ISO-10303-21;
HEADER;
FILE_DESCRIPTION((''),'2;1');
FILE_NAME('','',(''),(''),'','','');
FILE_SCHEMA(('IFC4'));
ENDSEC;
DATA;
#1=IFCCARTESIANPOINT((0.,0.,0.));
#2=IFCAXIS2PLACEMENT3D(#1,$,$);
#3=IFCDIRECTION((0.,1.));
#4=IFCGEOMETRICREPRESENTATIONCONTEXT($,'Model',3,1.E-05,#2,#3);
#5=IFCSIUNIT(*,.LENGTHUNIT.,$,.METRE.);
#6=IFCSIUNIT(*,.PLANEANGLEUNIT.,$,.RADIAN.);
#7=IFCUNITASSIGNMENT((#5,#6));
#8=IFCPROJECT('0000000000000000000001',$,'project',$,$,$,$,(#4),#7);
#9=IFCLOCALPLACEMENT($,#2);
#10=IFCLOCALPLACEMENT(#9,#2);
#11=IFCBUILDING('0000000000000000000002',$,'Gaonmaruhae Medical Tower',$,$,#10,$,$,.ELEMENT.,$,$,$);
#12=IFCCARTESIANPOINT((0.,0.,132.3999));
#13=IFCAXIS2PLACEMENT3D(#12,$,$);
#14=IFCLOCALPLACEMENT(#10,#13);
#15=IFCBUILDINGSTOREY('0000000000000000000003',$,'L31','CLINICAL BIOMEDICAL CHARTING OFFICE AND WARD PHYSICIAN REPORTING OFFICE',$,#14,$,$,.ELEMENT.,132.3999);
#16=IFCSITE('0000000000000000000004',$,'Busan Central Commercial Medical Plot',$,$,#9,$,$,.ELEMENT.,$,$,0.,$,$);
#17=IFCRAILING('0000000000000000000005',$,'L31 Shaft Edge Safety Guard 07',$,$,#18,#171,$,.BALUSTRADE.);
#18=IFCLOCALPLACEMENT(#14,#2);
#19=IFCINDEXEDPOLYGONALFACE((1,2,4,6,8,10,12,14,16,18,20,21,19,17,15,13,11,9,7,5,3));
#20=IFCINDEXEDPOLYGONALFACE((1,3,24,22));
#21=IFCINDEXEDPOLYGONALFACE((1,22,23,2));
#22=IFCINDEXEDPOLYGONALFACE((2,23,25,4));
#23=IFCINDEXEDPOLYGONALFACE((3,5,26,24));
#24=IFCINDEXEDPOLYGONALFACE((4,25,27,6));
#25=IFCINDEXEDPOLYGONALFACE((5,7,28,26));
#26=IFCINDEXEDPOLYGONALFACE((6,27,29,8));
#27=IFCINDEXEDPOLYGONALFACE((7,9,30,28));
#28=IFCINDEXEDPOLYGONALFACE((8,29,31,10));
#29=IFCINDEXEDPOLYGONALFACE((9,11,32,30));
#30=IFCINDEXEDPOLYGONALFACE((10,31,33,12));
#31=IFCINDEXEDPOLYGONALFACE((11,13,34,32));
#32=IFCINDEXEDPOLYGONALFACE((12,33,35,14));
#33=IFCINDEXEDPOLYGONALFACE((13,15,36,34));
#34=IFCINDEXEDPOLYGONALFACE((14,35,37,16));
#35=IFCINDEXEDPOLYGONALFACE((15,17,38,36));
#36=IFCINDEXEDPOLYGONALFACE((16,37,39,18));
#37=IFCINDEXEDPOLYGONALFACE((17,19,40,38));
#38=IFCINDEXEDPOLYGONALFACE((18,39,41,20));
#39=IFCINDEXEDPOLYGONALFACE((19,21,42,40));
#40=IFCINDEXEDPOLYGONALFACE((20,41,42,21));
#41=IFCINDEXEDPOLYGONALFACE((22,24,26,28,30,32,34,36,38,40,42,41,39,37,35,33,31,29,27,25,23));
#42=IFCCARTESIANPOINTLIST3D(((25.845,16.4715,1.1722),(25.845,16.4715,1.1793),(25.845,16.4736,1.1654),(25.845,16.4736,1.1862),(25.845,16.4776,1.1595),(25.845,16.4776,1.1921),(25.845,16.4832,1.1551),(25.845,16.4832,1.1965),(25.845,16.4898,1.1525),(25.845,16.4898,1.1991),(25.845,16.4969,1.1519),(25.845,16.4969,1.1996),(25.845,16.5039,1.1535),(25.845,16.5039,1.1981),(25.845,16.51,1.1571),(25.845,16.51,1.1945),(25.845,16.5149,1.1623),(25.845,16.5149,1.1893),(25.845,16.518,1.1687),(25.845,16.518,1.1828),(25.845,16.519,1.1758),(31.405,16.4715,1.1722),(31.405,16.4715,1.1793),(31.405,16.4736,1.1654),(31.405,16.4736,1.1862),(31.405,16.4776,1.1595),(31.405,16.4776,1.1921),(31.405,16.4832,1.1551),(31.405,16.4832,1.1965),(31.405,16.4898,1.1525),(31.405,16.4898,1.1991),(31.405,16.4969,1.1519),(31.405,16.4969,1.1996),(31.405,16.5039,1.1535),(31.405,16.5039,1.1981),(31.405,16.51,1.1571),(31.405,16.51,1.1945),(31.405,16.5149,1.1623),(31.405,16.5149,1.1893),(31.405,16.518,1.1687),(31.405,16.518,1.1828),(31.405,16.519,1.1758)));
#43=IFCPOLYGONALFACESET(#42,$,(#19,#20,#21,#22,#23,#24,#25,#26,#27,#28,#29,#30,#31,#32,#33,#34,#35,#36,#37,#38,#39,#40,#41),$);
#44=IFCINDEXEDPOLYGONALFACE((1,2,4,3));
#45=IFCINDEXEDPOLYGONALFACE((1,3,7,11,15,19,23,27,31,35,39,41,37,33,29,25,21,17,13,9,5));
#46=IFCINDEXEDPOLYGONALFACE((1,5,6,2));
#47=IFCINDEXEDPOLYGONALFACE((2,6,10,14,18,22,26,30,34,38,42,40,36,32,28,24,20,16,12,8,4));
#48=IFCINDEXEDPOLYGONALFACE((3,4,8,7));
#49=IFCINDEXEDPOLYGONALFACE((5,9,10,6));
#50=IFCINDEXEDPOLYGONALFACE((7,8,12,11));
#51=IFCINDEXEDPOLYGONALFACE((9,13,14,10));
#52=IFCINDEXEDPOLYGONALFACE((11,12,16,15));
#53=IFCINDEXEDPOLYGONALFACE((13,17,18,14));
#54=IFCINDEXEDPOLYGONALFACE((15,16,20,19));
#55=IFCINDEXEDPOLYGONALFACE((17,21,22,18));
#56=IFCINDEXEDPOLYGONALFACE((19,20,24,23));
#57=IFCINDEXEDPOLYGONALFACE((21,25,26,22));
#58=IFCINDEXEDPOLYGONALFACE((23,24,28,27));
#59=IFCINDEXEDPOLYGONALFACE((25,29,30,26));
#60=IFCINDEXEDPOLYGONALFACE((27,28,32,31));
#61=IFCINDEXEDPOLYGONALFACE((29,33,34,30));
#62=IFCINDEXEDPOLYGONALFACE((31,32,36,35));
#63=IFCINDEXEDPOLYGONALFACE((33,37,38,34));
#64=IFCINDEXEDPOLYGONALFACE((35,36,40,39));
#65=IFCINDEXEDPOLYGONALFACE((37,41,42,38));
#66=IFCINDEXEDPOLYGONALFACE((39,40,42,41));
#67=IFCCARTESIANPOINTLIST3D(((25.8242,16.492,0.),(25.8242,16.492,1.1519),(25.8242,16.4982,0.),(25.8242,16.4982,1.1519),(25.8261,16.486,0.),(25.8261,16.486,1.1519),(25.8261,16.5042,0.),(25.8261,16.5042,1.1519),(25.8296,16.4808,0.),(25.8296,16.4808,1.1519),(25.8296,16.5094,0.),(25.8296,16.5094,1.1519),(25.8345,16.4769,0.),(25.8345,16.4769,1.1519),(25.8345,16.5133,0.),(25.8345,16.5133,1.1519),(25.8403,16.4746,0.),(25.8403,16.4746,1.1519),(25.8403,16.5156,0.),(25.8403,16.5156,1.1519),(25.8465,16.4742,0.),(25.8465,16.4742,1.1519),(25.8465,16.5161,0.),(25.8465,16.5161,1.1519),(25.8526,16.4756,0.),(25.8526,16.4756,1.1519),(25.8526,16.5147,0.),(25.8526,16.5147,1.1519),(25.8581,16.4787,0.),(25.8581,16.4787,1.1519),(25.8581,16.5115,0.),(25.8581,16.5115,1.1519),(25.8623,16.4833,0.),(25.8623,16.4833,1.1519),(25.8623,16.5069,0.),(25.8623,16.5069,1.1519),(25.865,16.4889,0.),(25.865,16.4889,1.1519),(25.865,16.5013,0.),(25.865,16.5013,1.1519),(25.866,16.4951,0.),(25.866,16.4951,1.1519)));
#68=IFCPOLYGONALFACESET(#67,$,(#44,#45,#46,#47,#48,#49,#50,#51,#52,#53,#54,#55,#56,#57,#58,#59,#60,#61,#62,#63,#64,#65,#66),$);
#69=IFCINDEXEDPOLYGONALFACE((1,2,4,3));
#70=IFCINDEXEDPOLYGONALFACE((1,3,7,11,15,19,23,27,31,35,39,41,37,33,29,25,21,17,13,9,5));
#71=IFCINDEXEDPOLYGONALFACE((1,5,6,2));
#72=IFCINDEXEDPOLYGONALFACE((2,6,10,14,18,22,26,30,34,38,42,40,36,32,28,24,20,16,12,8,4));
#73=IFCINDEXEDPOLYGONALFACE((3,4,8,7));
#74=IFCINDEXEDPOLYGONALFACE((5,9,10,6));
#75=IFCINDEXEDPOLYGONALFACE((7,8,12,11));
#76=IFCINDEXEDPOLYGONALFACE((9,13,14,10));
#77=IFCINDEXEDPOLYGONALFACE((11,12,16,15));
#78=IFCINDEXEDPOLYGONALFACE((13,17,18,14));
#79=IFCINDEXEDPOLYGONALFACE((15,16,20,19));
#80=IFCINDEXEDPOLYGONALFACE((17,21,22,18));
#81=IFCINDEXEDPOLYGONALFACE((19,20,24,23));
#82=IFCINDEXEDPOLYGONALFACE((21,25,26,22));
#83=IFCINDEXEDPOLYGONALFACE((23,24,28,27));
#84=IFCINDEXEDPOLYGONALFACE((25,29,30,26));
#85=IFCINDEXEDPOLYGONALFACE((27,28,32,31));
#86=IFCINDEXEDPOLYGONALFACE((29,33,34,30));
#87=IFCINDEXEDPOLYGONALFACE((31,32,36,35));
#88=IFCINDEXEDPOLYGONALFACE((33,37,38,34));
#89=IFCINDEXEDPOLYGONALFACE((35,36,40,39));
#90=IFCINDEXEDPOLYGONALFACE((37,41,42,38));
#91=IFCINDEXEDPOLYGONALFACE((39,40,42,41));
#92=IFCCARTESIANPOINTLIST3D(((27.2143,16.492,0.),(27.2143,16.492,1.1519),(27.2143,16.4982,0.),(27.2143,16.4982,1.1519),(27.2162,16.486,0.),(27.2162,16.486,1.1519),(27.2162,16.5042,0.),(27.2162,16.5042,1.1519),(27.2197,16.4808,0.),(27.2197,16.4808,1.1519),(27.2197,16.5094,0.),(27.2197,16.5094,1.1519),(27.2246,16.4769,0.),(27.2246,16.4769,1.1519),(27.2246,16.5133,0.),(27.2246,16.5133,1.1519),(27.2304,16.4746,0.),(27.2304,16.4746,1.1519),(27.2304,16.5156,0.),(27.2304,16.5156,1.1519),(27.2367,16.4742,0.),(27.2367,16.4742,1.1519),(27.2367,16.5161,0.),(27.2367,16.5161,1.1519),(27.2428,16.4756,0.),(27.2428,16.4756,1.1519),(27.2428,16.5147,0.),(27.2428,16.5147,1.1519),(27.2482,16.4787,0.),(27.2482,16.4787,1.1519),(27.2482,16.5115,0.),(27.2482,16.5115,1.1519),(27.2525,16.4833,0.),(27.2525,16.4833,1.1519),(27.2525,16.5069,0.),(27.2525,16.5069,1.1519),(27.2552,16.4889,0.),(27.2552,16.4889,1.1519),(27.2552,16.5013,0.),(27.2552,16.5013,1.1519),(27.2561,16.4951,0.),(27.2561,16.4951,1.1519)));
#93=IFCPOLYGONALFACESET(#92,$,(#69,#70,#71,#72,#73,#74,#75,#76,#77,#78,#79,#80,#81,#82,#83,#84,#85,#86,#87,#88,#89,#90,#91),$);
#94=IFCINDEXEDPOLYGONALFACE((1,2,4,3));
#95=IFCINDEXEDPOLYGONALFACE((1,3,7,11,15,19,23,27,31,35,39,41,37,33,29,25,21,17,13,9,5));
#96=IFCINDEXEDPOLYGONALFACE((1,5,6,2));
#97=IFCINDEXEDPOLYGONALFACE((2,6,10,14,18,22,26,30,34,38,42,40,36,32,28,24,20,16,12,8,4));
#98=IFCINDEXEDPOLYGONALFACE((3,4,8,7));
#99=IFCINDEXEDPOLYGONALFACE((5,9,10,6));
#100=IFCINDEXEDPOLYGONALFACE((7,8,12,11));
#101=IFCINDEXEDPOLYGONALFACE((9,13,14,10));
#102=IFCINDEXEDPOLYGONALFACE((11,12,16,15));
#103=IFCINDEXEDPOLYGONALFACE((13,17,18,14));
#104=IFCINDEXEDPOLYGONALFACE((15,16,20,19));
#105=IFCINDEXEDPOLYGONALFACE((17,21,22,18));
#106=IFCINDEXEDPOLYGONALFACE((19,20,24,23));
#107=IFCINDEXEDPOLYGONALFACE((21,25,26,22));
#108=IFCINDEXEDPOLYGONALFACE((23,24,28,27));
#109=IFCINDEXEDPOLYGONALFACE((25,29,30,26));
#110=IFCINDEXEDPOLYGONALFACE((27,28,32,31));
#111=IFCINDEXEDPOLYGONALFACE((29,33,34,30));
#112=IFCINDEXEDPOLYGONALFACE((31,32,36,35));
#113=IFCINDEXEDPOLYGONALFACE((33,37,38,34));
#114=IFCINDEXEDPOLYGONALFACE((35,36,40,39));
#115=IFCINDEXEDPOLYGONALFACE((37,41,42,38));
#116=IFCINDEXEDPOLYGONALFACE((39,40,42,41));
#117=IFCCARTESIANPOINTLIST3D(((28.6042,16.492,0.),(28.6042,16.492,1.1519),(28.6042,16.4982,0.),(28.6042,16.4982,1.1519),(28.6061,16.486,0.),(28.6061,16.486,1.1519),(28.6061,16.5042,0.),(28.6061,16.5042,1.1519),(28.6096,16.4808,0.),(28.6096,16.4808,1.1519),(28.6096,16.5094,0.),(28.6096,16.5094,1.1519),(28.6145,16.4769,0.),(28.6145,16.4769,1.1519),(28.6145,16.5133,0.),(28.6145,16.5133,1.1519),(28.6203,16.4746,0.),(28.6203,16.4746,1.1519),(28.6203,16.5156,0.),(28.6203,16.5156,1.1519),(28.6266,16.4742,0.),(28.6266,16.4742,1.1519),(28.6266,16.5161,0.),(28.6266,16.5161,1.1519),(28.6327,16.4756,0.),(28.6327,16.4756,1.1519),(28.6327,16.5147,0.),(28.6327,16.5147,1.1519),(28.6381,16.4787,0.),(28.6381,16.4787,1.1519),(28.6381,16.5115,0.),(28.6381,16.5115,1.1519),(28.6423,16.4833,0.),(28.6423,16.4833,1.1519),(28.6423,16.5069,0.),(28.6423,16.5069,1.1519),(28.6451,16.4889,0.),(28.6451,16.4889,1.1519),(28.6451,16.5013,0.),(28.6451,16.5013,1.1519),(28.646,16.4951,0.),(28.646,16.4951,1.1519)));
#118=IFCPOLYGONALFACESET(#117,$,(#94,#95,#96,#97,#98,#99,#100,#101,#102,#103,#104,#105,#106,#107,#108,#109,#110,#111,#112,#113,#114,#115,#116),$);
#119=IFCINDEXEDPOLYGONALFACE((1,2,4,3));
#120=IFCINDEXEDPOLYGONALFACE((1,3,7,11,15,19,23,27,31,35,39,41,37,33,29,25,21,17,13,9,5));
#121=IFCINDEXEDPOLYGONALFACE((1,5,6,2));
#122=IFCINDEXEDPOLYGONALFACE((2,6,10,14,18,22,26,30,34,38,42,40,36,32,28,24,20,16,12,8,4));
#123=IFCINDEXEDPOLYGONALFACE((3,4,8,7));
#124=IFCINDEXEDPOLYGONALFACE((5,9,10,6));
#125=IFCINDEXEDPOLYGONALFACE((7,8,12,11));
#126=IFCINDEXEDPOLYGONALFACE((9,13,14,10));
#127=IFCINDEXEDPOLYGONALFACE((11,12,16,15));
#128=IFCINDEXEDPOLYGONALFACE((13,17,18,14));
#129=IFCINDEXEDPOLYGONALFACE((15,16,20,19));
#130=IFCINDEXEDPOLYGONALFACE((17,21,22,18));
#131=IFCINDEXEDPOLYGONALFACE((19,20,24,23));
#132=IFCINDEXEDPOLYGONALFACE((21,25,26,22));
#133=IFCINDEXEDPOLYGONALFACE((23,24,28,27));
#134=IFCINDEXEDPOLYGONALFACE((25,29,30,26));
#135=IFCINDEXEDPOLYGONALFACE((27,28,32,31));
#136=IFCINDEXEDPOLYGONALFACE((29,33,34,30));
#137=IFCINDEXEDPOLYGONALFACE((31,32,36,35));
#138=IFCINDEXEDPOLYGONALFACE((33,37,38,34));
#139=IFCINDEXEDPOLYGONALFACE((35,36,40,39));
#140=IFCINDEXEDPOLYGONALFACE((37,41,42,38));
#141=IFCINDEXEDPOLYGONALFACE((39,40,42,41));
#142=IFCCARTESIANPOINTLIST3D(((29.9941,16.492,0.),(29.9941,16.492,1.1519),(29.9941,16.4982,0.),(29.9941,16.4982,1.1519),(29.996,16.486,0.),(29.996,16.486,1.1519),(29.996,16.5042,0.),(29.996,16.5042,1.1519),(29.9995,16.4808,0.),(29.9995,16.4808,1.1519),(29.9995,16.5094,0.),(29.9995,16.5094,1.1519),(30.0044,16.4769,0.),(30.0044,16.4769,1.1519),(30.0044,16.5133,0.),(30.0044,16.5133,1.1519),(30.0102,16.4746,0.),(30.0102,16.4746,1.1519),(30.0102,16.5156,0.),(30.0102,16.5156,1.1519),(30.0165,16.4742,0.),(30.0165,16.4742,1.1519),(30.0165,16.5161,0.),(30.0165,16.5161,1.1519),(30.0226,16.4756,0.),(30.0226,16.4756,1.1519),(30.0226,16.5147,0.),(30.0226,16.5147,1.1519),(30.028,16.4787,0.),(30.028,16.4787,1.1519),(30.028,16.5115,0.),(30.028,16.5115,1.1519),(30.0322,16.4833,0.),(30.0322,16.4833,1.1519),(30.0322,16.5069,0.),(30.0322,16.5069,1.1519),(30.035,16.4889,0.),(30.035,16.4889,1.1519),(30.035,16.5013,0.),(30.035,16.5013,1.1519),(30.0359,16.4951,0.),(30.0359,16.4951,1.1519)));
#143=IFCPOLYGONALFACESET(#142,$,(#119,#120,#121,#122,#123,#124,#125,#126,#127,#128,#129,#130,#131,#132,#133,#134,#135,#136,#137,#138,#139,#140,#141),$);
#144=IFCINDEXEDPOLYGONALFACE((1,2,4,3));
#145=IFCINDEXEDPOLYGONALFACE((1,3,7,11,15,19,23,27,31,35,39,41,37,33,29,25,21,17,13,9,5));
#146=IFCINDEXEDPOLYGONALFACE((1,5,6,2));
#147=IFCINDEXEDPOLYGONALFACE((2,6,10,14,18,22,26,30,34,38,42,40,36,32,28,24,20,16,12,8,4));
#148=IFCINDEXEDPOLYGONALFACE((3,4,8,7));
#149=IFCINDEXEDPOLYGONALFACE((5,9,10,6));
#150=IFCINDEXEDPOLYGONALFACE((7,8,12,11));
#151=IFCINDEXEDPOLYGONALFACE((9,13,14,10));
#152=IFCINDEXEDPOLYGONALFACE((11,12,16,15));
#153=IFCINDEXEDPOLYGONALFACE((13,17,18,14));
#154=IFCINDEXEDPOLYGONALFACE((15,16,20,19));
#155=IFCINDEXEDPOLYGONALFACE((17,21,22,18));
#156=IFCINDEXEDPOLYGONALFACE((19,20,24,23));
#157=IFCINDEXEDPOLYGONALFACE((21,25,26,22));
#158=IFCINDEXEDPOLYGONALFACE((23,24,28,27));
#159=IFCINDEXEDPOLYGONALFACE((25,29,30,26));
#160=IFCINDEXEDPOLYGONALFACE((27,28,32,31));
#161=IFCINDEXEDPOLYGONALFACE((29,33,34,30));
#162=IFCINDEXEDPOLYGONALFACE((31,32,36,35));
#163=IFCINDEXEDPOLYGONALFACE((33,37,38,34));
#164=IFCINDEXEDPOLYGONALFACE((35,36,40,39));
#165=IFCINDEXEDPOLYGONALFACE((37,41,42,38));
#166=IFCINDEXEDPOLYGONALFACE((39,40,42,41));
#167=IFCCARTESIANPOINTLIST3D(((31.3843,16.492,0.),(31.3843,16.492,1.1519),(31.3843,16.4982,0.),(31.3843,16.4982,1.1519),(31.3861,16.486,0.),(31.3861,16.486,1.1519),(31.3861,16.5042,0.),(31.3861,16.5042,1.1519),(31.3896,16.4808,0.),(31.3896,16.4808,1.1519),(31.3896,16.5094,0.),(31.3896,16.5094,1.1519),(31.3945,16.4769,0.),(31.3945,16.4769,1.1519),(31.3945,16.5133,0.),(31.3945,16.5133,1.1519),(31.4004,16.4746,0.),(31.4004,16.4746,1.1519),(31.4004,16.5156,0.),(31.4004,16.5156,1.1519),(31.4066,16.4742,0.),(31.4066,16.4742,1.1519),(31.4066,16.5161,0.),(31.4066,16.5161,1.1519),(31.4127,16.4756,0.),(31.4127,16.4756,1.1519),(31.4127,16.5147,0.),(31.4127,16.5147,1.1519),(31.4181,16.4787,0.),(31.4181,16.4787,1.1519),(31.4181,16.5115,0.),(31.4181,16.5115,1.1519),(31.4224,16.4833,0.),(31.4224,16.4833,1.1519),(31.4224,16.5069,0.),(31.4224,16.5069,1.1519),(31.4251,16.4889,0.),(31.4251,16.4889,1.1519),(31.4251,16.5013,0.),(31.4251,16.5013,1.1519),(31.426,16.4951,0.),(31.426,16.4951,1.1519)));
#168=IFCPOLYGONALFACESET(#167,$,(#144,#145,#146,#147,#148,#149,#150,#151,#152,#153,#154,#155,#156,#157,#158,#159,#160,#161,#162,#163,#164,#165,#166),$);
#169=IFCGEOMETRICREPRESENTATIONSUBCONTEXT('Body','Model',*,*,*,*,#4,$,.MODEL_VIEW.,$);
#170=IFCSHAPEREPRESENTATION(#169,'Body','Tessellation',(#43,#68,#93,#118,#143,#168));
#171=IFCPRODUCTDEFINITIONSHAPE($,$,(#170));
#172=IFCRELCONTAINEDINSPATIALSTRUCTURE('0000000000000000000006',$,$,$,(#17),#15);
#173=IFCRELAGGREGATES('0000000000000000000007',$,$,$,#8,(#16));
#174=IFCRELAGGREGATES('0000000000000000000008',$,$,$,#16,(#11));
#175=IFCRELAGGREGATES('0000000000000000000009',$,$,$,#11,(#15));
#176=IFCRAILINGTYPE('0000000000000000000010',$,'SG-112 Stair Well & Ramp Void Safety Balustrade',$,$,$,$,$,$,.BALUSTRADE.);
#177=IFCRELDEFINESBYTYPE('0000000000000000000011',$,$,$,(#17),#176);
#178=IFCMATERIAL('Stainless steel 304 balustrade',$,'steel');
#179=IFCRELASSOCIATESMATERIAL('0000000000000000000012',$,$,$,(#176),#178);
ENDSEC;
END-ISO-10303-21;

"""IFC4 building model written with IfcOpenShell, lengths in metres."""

from ifc_helpers import new_model, si_unit, direction, frame, origin, origin_2d, place, context, subcontext, project, spatial, circle, extrude, material, type_object, element, save


model = new_model("IFC4")

# Units and contexts
model_context = context("Model", 3, precision=1e-05, world=origin(), true_north=direction((0.0, 1.0)))
body_context = subcontext(model_context, "Body", "Model", "MODEL_VIEW")
ifc_project = project(units=[si_unit("LENGTHUNIT", "METRE"), si_unit("PLANEANGLEUNIT", "RADIAN")], contexts=[model_context])

# Site, building, storey
site_placement = place(None, origin())
site = spatial("IfcSite", under=ifc_project, at=site_placement, Name="Busan Central Commercial Medical Plot", CompositionType="ELEMENT", RefElevation=0.0)
building_placement = place(site_placement, origin())
building = spatial("IfcBuilding", under=site, at=building_placement, Name="Gaonmaruhae Medical Tower", CompositionType="ELEMENT")
storey_placement = place(building_placement, frame((0.0, 0.0, 132.3999)))
storey = spatial("IfcBuildingStorey", under=building, at=storey_placement, Name="L31", Description="CLINICAL BIOMEDICAL CHARTING OFFICE AND WARD PHYSICIAN REPORTING OFFICE", CompositionType="ELEMENT", Elevation=132.3999)

# Railing
ifc_material_1 = material(Name="Stainless steel 304 balustrade", Category="steel")
railing_type = type_object("IfcRailingType", Name="SG-112 Stair Well & Ramp Void Safety Balustrade", PredefinedType="BALUSTRADE", material=ifc_material_1)
railing_1_placement = place(storey_placement, frame((25.845, 16.4951, 0.0)))
element("IfcRailing", 1, at=railing_1_placement, inside=storey, type_object=railing_type, Name="L31 Shaft Edge Safety Guard 07", PredefinedType="BALUSTRADE", context=body_context, shape_type="SweptSolid", body=[
    extrude(circle(Radius=0.0239, at=origin_2d()), frame((0.0, 0.0, 1.1758), z_axis=(1.0, 0.0, 0.0), x_axis=(0.0, 1.0, 0.0)), (0.0, 0.0, 1.0), 5.5601),
    extrude(circle(Radius=0.021, at=origin_2d()), origin(), (0.0, 0.0, 1.0), 1.1519),
    extrude(circle(Radius=0.021, at=origin_2d()), frame((1.3901, 0.0, 0.0)), (0.0, 0.0, 1.0), 1.1519),
    extrude(circle(Radius=0.021, at=origin_2d()), frame((2.78, 0.0, 0.0)), (0.0, 0.0, 1.0), 1.1519),
    extrude(circle(Radius=0.021, at=origin_2d()), frame((4.1699, 0.0, 0.0)), (0.0, 0.0, 1.0), 1.1519),
    extrude(circle(Radius=0.021, at=origin_2d()), frame((5.5601, 0.0, 0.0)), (0.0, 0.0, 1.0), 1.1519),
])

save(model, "model.ifc")
